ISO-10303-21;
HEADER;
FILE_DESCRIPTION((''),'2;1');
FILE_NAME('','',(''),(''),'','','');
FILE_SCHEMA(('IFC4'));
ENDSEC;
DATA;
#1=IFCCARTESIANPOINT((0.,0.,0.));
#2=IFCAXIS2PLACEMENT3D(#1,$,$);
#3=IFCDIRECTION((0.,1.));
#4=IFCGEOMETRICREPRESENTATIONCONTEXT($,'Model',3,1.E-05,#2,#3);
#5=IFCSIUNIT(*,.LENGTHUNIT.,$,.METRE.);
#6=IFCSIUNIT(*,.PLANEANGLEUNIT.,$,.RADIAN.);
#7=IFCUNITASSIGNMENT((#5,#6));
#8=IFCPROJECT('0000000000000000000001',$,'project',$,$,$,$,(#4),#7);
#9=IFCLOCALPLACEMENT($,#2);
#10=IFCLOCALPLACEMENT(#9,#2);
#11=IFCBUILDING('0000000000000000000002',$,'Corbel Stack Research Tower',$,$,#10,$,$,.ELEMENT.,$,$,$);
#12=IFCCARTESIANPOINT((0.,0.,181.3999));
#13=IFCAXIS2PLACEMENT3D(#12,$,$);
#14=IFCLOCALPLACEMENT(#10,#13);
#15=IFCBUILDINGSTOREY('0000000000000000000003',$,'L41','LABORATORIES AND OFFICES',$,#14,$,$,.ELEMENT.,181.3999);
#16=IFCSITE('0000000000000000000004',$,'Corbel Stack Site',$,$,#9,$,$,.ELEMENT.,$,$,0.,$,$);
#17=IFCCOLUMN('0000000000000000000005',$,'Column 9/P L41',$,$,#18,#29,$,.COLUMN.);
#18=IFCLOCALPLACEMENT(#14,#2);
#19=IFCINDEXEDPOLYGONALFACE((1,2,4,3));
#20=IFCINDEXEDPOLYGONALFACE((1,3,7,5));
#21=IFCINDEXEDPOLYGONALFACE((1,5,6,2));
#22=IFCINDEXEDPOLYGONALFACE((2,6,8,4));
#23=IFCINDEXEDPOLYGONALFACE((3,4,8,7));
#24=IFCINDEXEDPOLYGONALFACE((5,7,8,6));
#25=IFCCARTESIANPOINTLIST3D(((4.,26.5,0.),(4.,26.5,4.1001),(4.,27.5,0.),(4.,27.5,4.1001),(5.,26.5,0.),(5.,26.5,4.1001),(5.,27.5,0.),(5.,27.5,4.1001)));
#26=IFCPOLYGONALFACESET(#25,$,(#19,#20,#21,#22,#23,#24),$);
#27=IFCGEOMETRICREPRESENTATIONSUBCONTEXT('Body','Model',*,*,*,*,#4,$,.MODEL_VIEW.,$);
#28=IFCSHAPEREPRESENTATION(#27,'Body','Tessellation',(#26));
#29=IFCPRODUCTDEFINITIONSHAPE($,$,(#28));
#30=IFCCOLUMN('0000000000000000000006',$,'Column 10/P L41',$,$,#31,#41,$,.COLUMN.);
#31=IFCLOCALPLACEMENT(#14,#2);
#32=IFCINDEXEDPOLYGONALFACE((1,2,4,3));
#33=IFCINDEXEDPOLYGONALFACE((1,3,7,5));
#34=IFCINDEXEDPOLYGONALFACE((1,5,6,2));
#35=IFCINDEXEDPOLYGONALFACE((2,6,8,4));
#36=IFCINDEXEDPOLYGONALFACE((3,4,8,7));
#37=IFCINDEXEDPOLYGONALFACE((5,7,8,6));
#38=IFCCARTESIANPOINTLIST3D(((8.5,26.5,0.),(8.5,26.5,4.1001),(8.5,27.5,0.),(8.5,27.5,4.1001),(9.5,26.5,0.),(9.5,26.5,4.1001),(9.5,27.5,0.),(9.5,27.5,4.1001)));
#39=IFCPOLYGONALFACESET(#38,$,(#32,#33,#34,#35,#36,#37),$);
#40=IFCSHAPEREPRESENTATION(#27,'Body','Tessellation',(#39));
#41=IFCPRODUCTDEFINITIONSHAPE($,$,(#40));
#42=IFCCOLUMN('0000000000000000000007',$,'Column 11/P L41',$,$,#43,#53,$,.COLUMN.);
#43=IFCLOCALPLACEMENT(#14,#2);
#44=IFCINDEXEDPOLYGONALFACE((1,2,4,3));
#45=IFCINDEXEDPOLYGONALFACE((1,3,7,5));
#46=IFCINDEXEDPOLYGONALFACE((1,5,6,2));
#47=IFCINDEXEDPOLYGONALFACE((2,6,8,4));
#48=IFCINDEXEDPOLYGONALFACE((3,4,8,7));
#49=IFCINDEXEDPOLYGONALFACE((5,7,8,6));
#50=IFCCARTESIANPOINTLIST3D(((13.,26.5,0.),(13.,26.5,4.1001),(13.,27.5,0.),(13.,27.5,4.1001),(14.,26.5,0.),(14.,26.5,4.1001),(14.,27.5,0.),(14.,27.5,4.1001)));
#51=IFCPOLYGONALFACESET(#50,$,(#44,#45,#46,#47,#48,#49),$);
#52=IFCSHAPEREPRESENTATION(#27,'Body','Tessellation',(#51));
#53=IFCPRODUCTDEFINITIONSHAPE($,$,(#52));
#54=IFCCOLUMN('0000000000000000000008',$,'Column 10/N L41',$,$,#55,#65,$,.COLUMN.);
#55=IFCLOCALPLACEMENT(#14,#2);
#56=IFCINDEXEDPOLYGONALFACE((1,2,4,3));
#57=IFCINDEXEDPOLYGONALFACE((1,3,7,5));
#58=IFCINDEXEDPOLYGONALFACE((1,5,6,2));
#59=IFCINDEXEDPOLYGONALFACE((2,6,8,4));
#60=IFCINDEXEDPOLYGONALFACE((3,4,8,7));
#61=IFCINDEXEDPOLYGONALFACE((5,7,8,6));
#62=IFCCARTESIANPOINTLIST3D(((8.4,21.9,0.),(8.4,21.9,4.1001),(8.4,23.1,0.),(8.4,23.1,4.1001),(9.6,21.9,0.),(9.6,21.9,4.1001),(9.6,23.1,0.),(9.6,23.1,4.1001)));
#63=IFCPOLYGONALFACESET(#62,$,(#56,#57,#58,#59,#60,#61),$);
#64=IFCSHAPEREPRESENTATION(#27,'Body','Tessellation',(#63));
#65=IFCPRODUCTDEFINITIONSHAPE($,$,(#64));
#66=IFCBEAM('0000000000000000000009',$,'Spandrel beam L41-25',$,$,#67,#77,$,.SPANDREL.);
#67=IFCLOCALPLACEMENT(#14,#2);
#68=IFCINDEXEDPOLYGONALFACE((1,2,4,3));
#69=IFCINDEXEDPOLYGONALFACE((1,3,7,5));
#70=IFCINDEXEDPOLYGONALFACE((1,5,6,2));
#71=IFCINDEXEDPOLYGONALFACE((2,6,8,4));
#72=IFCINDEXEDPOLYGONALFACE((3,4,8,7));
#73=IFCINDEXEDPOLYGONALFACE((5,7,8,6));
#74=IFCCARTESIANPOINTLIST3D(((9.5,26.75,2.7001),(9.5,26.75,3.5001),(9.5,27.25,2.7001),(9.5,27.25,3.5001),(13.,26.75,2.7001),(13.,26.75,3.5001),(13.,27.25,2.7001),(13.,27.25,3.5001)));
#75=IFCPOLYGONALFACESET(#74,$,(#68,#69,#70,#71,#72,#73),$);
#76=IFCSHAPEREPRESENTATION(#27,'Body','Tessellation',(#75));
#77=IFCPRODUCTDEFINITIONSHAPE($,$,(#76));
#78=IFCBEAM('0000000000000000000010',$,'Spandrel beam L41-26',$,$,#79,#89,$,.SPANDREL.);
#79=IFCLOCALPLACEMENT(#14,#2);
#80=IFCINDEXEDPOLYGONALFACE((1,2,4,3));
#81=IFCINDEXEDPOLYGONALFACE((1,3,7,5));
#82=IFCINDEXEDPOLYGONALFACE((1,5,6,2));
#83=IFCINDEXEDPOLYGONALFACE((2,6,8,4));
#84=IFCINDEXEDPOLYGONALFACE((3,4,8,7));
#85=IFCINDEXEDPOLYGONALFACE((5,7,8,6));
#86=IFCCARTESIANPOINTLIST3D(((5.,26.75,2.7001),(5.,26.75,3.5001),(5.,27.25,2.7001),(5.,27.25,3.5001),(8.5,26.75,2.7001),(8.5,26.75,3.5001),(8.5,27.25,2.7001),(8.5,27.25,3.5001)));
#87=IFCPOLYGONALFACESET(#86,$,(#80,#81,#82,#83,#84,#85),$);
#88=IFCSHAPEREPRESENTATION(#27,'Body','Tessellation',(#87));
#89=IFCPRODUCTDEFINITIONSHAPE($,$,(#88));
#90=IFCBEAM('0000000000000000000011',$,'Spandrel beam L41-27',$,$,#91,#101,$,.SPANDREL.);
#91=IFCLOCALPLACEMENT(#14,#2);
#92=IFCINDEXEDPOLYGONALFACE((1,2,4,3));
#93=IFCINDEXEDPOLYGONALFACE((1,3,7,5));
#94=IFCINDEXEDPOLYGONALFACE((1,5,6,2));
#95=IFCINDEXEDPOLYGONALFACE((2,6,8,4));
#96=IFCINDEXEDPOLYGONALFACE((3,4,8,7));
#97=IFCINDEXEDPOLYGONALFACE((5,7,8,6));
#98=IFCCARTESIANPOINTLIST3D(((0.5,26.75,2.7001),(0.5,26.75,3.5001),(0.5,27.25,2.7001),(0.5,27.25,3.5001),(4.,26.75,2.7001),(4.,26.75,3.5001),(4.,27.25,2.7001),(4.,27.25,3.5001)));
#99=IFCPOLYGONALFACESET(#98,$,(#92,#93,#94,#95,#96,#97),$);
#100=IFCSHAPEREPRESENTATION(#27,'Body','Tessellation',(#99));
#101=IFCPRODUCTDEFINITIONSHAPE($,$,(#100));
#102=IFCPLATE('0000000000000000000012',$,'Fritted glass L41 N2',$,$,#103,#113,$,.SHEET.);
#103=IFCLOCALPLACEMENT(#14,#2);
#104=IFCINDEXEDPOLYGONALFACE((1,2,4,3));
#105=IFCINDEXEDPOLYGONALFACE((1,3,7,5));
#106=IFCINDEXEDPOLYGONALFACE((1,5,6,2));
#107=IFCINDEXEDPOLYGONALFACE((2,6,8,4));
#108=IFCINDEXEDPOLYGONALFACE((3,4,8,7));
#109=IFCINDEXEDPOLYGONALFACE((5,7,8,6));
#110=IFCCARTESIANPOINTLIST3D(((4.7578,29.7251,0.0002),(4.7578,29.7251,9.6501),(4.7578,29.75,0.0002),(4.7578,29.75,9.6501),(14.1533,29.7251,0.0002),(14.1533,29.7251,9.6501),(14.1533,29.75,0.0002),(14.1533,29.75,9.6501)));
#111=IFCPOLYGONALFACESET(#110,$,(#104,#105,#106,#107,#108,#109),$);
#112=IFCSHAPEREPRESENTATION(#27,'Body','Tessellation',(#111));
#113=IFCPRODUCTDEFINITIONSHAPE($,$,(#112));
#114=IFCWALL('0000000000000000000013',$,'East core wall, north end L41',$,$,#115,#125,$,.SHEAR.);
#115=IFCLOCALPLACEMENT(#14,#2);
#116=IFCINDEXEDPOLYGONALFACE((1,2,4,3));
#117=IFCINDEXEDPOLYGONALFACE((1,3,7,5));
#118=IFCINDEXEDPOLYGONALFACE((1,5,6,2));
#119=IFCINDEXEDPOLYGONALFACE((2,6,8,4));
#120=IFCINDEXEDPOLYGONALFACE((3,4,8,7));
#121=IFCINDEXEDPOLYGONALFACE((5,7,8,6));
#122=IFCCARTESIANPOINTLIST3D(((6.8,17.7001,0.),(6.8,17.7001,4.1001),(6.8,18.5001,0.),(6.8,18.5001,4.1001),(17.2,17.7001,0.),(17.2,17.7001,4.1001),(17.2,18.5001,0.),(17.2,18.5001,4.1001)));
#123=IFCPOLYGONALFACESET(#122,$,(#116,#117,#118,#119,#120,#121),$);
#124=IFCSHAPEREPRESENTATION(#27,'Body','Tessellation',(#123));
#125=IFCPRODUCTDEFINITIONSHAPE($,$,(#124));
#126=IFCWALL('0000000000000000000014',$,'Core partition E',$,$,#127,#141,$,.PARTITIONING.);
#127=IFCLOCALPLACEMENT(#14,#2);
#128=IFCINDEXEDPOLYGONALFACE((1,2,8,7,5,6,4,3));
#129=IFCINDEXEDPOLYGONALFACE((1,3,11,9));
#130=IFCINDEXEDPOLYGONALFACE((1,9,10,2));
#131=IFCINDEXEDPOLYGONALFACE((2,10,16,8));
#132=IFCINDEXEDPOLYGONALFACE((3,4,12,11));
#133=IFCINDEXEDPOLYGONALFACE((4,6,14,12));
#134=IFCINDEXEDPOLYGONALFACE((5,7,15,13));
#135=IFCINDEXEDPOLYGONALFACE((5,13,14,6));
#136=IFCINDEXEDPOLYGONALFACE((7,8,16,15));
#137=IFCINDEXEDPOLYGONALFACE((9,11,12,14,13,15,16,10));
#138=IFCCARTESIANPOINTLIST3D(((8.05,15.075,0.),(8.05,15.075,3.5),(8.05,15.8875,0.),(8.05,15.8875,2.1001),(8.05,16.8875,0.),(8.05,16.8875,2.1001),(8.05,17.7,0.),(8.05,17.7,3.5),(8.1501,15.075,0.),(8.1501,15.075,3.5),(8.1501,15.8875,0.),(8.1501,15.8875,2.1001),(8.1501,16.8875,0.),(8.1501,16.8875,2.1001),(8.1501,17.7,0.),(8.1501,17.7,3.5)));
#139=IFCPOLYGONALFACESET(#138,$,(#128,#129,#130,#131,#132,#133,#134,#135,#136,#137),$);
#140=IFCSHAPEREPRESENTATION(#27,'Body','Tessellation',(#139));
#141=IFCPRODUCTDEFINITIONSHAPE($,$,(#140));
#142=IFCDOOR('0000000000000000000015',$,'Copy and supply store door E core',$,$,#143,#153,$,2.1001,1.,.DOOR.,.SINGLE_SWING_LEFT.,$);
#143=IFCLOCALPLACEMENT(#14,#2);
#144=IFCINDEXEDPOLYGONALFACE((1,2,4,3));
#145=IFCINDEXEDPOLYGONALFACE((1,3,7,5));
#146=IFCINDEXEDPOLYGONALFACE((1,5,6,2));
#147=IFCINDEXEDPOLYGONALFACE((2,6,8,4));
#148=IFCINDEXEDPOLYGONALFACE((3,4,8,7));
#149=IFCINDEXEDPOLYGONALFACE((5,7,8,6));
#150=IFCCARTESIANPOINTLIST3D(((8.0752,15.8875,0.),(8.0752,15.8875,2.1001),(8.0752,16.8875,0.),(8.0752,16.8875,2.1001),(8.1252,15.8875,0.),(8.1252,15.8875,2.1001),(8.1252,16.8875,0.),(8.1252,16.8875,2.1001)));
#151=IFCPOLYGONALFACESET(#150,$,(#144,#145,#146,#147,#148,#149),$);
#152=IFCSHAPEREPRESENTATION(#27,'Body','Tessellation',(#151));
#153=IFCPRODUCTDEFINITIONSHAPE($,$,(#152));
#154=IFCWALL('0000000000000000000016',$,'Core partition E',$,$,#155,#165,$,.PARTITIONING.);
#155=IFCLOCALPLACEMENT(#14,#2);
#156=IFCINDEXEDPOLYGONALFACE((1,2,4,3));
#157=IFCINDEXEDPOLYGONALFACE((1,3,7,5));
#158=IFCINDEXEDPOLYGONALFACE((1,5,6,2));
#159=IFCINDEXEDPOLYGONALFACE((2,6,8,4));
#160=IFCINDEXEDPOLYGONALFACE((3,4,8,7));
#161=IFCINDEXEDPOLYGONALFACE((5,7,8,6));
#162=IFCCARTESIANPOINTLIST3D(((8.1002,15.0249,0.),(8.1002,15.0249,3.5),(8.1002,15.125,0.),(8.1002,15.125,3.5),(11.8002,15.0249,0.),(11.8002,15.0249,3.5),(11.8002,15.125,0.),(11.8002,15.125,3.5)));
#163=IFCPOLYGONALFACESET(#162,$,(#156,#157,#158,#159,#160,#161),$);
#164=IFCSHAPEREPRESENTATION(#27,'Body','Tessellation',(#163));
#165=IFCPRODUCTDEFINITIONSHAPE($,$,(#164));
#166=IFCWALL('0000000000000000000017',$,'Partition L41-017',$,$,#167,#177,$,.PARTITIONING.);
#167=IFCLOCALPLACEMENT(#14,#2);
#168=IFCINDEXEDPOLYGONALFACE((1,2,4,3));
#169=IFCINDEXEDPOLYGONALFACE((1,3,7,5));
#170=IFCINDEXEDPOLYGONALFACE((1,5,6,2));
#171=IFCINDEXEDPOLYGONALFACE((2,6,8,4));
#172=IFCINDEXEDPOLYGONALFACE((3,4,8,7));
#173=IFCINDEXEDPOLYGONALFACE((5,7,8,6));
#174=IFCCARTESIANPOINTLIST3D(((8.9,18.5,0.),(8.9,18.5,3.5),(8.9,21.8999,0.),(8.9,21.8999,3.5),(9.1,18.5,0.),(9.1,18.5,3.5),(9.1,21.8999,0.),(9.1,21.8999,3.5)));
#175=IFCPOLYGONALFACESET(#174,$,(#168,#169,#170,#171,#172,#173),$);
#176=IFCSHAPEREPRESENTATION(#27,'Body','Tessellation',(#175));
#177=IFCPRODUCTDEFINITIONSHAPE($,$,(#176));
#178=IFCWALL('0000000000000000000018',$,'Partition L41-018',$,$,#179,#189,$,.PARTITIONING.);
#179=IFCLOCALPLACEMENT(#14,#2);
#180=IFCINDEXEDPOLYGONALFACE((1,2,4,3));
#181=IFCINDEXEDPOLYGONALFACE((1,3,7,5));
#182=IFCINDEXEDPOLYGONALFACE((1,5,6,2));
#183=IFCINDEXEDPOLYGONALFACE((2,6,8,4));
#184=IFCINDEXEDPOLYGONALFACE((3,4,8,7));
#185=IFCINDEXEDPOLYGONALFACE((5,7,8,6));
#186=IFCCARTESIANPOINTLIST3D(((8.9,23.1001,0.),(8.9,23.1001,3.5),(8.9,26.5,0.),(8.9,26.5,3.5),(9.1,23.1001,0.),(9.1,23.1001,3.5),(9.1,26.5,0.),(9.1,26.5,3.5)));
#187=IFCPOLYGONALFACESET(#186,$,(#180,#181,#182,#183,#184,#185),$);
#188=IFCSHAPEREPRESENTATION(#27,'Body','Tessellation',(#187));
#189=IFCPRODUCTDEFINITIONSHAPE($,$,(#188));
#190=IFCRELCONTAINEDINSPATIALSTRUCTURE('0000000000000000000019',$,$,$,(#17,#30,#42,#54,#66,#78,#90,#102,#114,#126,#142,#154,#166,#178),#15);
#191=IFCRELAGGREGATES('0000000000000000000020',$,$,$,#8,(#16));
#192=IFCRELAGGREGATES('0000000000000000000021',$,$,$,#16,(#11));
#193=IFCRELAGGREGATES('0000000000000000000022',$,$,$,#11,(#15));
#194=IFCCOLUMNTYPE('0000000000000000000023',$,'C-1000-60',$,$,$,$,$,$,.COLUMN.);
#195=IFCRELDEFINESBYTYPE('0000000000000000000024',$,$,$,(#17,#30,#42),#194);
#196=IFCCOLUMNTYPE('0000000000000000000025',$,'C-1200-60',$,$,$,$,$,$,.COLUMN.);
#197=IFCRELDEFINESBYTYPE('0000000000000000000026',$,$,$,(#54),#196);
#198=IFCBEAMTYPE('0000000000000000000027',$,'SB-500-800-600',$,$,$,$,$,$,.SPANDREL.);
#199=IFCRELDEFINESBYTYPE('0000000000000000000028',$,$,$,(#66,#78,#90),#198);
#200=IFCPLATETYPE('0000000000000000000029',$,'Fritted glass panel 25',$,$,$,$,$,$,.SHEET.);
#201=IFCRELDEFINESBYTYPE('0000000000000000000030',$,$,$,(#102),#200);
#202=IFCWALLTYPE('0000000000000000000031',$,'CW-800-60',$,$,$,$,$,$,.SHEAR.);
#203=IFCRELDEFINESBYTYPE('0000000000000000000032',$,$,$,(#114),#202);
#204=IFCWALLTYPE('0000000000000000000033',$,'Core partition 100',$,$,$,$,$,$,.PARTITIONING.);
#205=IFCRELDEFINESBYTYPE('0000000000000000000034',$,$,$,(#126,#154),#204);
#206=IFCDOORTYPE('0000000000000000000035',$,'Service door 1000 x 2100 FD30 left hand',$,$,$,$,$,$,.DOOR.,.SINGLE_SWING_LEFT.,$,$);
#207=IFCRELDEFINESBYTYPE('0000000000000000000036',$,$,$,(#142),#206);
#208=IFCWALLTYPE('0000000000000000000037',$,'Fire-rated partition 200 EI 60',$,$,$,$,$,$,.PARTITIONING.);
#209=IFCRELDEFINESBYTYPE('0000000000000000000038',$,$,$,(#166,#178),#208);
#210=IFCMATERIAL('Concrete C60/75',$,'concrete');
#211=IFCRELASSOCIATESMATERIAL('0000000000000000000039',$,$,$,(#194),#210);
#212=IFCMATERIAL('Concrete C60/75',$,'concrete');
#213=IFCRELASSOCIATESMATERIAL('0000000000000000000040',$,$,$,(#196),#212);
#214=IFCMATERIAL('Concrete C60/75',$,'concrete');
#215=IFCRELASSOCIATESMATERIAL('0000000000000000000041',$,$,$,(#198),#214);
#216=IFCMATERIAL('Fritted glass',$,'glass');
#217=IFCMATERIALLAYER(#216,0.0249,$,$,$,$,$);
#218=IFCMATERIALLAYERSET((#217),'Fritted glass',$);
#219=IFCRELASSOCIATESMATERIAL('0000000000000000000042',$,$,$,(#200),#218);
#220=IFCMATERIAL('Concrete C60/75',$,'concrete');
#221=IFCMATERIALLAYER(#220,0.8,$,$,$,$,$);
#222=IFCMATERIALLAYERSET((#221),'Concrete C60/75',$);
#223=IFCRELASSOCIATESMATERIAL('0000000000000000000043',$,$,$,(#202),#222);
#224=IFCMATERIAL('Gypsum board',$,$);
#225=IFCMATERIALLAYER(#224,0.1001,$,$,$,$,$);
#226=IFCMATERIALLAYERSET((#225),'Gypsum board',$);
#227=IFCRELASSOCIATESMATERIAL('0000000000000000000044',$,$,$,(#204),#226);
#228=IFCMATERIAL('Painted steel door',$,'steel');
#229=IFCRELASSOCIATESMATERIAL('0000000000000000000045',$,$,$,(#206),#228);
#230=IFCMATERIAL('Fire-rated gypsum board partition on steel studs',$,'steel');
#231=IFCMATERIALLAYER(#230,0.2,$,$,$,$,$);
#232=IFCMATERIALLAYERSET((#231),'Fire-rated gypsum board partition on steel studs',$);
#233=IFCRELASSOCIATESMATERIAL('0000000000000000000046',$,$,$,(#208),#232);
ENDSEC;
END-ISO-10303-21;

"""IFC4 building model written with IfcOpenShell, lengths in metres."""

from ifc_helpers import new_model, si_unit, direction, frame, frame_2d, origin, origin_2d, place, context, subcontext, project, spatial, rectangle, extrude, material, layer, layer_set, material_profile, profile_set, type_object, element, fill, save


model = new_model("IFC4")

# Units and contexts
model_context = context("Model", 3, precision=1e-05, world=origin(), true_north=direction((0.0, 1.0)))
body_context = subcontext(model_context, "Body", "Model", "MODEL_VIEW")
ifc_project = project(units=[si_unit("LENGTHUNIT", "METRE"), si_unit("PLANEANGLEUNIT", "RADIAN")], contexts=[model_context])

# Site, building, storey
site_placement = place(None, origin())
site = spatial("IfcSite", under=ifc_project, at=site_placement, Name="Corbel Stack Site", CompositionType="ELEMENT", RefElevation=0.0)
building_placement = place(site_placement, origin())
building = spatial("IfcBuilding", under=site, at=building_placement, Name="Corbel Stack Research Tower", CompositionType="ELEMENT")
storey_placement = place(building_placement, frame((0.0, 0.0, 181.3999)))
storey = spatial("IfcBuildingStorey", under=building, at=storey_placement, Name="L41", Description="LABORATORIES AND OFFICES", CompositionType="ELEMENT", Elevation=181.3999)

# Columns
ifc_material_1 = material(Name="Concrete C60/75", Category="concrete")
ifc_material_profile_1 = material_profile(ifc_material_1, rectangle(XDim=1.0, YDim=1.0, at=origin_2d()), Name="RC 1000 x 1000")
ifc_profile_set_1 = profile_set([ifc_material_profile_1], Name="Concrete C60/75")
column_type_1 = type_object("IfcColumnType", Name="C-1000-60", PredefinedType="COLUMN", material=ifc_profile_set_1)
for number, where, z_axis, x_axis, name in (
    (1, (4.5, 27.0, 0.0), (0.0, 0.0, 1.0), (1.0, 0.0, 0.0), "Column 9/P L41"),
    (2, (9.0, 27.0, 0.0), (0.0, 0.0, 1.0), (1.0, 0.0, 0.0), "Column 10/P L41"),
    (3, (13.5, 27.0, 0.0), (0.0, 0.0, 1.0), (1.0, 0.0, 0.0), "Column 11/P L41"),
):
    element("IfcColumn", number, at=place(storey_placement, frame(where, z_axis=z_axis, x_axis=x_axis)), inside=storey, type_object=column_type_1, Name=name, PredefinedType="COLUMN", context=body_context, shape_type="SweptSolid", body=[
        extrude(rectangle(XDim=1.0, YDim=1.0, at=origin_2d()), origin(), (0.0, 0.0, 1.0), 4.1001),
    ])
ifc_material_2 = material(Name="Concrete C60/75", Category="concrete")
ifc_material_profile_2 = material_profile(ifc_material_2, rectangle(XDim=1.2, YDim=1.2, at=origin_2d()), Name="RC 1200 x 1200")
ifc_profile_set_2 = profile_set([ifc_material_profile_2], Name="Concrete C60/75")
column_type_2 = type_object("IfcColumnType", Name="C-1200-60", PredefinedType="COLUMN", material=ifc_profile_set_2)
column_placement = place(storey_placement, frame((9.0, 22.5, 0.0), z_axis=(0.0, 0.0, 1.0), x_axis=(1.0, 0.0, 0.0)))
element("IfcColumn", 4, at=column_placement, inside=storey, type_object=column_type_2, Name="Column 10/N L41", PredefinedType="COLUMN", context=body_context, shape_type="SweptSolid", body=[
    extrude(rectangle(XDim=1.2, YDim=1.2, at=origin_2d()), origin(), (0.0, 0.0, 1.0), 4.1001),
])

# Beams
ifc_material_3 = material(Name="Concrete C60/75", Category="concrete")
ifc_material_profile_3 = material_profile(ifc_material_3, rectangle(XDim=0.5, YDim=0.8, at=origin_2d()), Name="RC 500 x 800")
ifc_profile_set_3 = profile_set([ifc_material_profile_3], Name="Concrete C60/75")
beam_type = type_object("IfcBeamType", Name="SB-500-800-600", PredefinedType="SPANDREL", material=ifc_profile_set_3)
for number, where, z_axis, x_axis, name in (
    (5, (13.0, 27.0, 3.1001), (-1.0, 0.0, 0.0), (0.0, -1.0, 0.0), "Spandrel beam L41-25"),
    (6, (8.5, 27.0, 3.1001), (-1.0, 0.0, 0.0), (0.0, -1.0, 0.0), "Spandrel beam L41-26"),
    (7, (4.0, 27.0, 3.1001), (-1.0, 0.0, 0.0), (0.0, -1.0, 0.0), "Spandrel beam L41-27"),
):
    element("IfcBeam", number, at=place(storey_placement, frame(where, z_axis=z_axis, x_axis=x_axis)), inside=storey, type_object=beam_type, Name=name, PredefinedType="SPANDREL", context=body_context, shape_type="SweptSolid", body=[
        extrude(rectangle(XDim=0.5, YDim=0.8, at=origin_2d()), origin(), (0.0, 0.0, 1.0), 3.5),
    ])

# Plate
ifc_material_4 = material(Name="Fritted glass", Category="glass")
ifc_layer_1 = layer(ifc_material_4, 0.0249)
ifc_layer_set_1 = layer_set([ifc_layer_1], Name="Fritted glass")
plate_type = type_object("IfcPlateType", Name="Fritted glass panel 25", PredefinedType="SHEET", material=ifc_layer_set_1)
plate_placement = place(storey_placement, frame((9.4556, 29.7375, 0.0002), z_axis=(0.0, 0.0, 1.0), x_axis=(-1.0, 0.0, 0.0)))
element("IfcPlate", 8, at=plate_placement, inside=storey, type_object=plate_type, Name="Fritted glass L41 N2", PredefinedType="SHEET", context=body_context, shape_type="SweptSolid", body=[
    extrude(rectangle(XDim=9.3955, YDim=0.0249, at=origin_2d()), origin(), (0.0, 0.0, 1.0), 9.6499),
])

# Wall
ifc_material_5 = material(Name="Concrete C60/75", Category="concrete")
ifc_layer_2 = layer(ifc_material_5, 0.8)
ifc_layer_set_2 = layer_set([ifc_layer_2], Name="Concrete C60/75")
wall_type_1 = type_object("IfcWallType", Name="CW-800-60", PredefinedType="SHEAR", material=ifc_layer_set_2)
wall_1_placement = place(storey_placement, frame((6.8, 18.1001, 0.0), z_axis=(0.0, 0.0, 1.0), x_axis=(1.0, 0.0, 0.0)))
element("IfcWall", 9, at=wall_1_placement, inside=storey, type_object=wall_type_1, Name="East core wall, north end L41", PredefinedType="SHEAR", context=body_context, shape_type="SweptSolid", body=[
    extrude(rectangle(XDim=10.3999, YDim=0.8, at=frame_2d((5.2, 0.0))), origin(), (0.0, 0.0, 1.0), 4.1001),
])

# Wall, opening, door
ifc_material_6 = material(Name="Gypsum board")
ifc_layer_3 = layer(ifc_material_6, 0.1001)
ifc_layer_set_3 = layer_set([ifc_layer_3], Name="Gypsum board")
wall_type_2 = type_object("IfcWallType", Name="Core partition 100", PredefinedType="PARTITIONING", material=ifc_layer_set_3)
wall_2_placement = place(storey_placement, frame((8.1001, 15.075, 0.0), z_axis=(0.0, 0.0, 1.0), x_axis=(0.0, 1.0, 0.0)))
wall_2 = element("IfcWall", 10, at=wall_2_placement, inside=storey, type_object=wall_type_2, Name="Core partition E", PredefinedType="PARTITIONING", context=body_context, shape_type="SweptSolid", body=[
    extrude(rectangle(XDim=2.625, YDim=0.1001, at=frame_2d((1.3125, 0.0))), origin(), (0.0, 0.0, 1.0), 3.5),
])
opening_1_placement = place(wall_2_placement, frame((0.8125, 0.0, 0.0)))
opening_1 = element("IfcOpeningElement", 11, at=opening_1_placement, cuts=wall_2, PredefinedType="OPENING", context=body_context, shape_type="SweptSolid", body=[
    extrude(rectangle(XDim=1.0, YDim=2.1001, at=frame_2d((0.5, 1.05))), frame((0.0, 0.0601, 0.0), z_axis=(0.0, -1.0, 0.0), x_axis=(1.0, 0.0, 0.0)), (0.0, 0.0, 1.0), 0.1201),
])
ifc_material_7 = material(Name="Painted steel door", Category="steel")
door_type_1 = type_object("IfcDoorType", Name="Service door 1000 x 2100 FD30 left hand", OperationType="SINGLE_SWING_LEFT", PredefinedType="DOOR", material=ifc_material_7)
door_1_placement = place(opening_1_placement, origin())
door_1 = element("IfcDoor", 12, at=door_1_placement, inside=storey, type_object=door_type_1, Name="Copy and supply store door E core", OperationType="SINGLE_SWING_LEFT", OverallHeight=2.1001, OverallWidth=1.0, PredefinedType="DOOR", context=body_context, shape_type="SweptSolid", body=[
    extrude(rectangle(XDim=1.0, YDim=2.1001, at=frame_2d((0.5, 1.05))), frame((0.0, 0.0249, 0.0), z_axis=(0.0, -1.0, 0.0), x_axis=(1.0, 0.0, 0.0)), (0.0, 0.0, 1.0), 0.05),
])
fill(opening_1, door_1)

# Walls
wall_3_placement = place(storey_placement, frame((8.1001, 15.075, 0.0), z_axis=(0.0, 0.0, 1.0), x_axis=(1.0, 0.0, 0.0)))
element("IfcWall", 13, at=wall_3_placement, inside=storey, type_object=wall_type_2, Name="Core partition E", PredefinedType="PARTITIONING", context=body_context, shape_type="SweptSolid", body=[
    extrude(rectangle(XDim=3.7, YDim=0.1001, at=frame_2d((1.8501, 0.0))), origin(), (0.0, 0.0, 1.0), 3.5),
])
ifc_material_8 = material(Name="Fire-rated gypsum board partition on steel studs", Category="steel")
ifc_layer_4 = layer(ifc_material_8, 0.2)
ifc_layer_set_4 = layer_set([ifc_layer_4], Name="Fire-rated gypsum board partition on steel studs")
wall_type_3 = type_object("IfcWallType", Name="Fire-rated partition 200 EI 60", PredefinedType="PARTITIONING", material=ifc_layer_set_4)
for number, where, z_axis, x_axis, name in (
    (14, (9.0, 18.5, 0.0), (0.0, 0.0, 1.0), (0.0, 1.0, 0.0), "Partition L41-017"),
    (15, (9.0, 23.1001, 0.0), (0.0, 0.0, 1.0), (0.0, 1.0, 0.0), "Partition L41-018"),
):
    element("IfcWall", number, at=place(storey_placement, frame(where, z_axis=z_axis, x_axis=x_axis)), inside=storey, type_object=wall_type_3, Name=name, PredefinedType="PARTITIONING", context=body_context, shape_type="SweptSolid", body=[
        extrude(rectangle(XDim=3.3999, YDim=0.2, at=frame_2d((1.7, 0.0))), origin(), (0.0, 0.0, 1.0), 3.5),
    ])

save(model, "model.ifc")
